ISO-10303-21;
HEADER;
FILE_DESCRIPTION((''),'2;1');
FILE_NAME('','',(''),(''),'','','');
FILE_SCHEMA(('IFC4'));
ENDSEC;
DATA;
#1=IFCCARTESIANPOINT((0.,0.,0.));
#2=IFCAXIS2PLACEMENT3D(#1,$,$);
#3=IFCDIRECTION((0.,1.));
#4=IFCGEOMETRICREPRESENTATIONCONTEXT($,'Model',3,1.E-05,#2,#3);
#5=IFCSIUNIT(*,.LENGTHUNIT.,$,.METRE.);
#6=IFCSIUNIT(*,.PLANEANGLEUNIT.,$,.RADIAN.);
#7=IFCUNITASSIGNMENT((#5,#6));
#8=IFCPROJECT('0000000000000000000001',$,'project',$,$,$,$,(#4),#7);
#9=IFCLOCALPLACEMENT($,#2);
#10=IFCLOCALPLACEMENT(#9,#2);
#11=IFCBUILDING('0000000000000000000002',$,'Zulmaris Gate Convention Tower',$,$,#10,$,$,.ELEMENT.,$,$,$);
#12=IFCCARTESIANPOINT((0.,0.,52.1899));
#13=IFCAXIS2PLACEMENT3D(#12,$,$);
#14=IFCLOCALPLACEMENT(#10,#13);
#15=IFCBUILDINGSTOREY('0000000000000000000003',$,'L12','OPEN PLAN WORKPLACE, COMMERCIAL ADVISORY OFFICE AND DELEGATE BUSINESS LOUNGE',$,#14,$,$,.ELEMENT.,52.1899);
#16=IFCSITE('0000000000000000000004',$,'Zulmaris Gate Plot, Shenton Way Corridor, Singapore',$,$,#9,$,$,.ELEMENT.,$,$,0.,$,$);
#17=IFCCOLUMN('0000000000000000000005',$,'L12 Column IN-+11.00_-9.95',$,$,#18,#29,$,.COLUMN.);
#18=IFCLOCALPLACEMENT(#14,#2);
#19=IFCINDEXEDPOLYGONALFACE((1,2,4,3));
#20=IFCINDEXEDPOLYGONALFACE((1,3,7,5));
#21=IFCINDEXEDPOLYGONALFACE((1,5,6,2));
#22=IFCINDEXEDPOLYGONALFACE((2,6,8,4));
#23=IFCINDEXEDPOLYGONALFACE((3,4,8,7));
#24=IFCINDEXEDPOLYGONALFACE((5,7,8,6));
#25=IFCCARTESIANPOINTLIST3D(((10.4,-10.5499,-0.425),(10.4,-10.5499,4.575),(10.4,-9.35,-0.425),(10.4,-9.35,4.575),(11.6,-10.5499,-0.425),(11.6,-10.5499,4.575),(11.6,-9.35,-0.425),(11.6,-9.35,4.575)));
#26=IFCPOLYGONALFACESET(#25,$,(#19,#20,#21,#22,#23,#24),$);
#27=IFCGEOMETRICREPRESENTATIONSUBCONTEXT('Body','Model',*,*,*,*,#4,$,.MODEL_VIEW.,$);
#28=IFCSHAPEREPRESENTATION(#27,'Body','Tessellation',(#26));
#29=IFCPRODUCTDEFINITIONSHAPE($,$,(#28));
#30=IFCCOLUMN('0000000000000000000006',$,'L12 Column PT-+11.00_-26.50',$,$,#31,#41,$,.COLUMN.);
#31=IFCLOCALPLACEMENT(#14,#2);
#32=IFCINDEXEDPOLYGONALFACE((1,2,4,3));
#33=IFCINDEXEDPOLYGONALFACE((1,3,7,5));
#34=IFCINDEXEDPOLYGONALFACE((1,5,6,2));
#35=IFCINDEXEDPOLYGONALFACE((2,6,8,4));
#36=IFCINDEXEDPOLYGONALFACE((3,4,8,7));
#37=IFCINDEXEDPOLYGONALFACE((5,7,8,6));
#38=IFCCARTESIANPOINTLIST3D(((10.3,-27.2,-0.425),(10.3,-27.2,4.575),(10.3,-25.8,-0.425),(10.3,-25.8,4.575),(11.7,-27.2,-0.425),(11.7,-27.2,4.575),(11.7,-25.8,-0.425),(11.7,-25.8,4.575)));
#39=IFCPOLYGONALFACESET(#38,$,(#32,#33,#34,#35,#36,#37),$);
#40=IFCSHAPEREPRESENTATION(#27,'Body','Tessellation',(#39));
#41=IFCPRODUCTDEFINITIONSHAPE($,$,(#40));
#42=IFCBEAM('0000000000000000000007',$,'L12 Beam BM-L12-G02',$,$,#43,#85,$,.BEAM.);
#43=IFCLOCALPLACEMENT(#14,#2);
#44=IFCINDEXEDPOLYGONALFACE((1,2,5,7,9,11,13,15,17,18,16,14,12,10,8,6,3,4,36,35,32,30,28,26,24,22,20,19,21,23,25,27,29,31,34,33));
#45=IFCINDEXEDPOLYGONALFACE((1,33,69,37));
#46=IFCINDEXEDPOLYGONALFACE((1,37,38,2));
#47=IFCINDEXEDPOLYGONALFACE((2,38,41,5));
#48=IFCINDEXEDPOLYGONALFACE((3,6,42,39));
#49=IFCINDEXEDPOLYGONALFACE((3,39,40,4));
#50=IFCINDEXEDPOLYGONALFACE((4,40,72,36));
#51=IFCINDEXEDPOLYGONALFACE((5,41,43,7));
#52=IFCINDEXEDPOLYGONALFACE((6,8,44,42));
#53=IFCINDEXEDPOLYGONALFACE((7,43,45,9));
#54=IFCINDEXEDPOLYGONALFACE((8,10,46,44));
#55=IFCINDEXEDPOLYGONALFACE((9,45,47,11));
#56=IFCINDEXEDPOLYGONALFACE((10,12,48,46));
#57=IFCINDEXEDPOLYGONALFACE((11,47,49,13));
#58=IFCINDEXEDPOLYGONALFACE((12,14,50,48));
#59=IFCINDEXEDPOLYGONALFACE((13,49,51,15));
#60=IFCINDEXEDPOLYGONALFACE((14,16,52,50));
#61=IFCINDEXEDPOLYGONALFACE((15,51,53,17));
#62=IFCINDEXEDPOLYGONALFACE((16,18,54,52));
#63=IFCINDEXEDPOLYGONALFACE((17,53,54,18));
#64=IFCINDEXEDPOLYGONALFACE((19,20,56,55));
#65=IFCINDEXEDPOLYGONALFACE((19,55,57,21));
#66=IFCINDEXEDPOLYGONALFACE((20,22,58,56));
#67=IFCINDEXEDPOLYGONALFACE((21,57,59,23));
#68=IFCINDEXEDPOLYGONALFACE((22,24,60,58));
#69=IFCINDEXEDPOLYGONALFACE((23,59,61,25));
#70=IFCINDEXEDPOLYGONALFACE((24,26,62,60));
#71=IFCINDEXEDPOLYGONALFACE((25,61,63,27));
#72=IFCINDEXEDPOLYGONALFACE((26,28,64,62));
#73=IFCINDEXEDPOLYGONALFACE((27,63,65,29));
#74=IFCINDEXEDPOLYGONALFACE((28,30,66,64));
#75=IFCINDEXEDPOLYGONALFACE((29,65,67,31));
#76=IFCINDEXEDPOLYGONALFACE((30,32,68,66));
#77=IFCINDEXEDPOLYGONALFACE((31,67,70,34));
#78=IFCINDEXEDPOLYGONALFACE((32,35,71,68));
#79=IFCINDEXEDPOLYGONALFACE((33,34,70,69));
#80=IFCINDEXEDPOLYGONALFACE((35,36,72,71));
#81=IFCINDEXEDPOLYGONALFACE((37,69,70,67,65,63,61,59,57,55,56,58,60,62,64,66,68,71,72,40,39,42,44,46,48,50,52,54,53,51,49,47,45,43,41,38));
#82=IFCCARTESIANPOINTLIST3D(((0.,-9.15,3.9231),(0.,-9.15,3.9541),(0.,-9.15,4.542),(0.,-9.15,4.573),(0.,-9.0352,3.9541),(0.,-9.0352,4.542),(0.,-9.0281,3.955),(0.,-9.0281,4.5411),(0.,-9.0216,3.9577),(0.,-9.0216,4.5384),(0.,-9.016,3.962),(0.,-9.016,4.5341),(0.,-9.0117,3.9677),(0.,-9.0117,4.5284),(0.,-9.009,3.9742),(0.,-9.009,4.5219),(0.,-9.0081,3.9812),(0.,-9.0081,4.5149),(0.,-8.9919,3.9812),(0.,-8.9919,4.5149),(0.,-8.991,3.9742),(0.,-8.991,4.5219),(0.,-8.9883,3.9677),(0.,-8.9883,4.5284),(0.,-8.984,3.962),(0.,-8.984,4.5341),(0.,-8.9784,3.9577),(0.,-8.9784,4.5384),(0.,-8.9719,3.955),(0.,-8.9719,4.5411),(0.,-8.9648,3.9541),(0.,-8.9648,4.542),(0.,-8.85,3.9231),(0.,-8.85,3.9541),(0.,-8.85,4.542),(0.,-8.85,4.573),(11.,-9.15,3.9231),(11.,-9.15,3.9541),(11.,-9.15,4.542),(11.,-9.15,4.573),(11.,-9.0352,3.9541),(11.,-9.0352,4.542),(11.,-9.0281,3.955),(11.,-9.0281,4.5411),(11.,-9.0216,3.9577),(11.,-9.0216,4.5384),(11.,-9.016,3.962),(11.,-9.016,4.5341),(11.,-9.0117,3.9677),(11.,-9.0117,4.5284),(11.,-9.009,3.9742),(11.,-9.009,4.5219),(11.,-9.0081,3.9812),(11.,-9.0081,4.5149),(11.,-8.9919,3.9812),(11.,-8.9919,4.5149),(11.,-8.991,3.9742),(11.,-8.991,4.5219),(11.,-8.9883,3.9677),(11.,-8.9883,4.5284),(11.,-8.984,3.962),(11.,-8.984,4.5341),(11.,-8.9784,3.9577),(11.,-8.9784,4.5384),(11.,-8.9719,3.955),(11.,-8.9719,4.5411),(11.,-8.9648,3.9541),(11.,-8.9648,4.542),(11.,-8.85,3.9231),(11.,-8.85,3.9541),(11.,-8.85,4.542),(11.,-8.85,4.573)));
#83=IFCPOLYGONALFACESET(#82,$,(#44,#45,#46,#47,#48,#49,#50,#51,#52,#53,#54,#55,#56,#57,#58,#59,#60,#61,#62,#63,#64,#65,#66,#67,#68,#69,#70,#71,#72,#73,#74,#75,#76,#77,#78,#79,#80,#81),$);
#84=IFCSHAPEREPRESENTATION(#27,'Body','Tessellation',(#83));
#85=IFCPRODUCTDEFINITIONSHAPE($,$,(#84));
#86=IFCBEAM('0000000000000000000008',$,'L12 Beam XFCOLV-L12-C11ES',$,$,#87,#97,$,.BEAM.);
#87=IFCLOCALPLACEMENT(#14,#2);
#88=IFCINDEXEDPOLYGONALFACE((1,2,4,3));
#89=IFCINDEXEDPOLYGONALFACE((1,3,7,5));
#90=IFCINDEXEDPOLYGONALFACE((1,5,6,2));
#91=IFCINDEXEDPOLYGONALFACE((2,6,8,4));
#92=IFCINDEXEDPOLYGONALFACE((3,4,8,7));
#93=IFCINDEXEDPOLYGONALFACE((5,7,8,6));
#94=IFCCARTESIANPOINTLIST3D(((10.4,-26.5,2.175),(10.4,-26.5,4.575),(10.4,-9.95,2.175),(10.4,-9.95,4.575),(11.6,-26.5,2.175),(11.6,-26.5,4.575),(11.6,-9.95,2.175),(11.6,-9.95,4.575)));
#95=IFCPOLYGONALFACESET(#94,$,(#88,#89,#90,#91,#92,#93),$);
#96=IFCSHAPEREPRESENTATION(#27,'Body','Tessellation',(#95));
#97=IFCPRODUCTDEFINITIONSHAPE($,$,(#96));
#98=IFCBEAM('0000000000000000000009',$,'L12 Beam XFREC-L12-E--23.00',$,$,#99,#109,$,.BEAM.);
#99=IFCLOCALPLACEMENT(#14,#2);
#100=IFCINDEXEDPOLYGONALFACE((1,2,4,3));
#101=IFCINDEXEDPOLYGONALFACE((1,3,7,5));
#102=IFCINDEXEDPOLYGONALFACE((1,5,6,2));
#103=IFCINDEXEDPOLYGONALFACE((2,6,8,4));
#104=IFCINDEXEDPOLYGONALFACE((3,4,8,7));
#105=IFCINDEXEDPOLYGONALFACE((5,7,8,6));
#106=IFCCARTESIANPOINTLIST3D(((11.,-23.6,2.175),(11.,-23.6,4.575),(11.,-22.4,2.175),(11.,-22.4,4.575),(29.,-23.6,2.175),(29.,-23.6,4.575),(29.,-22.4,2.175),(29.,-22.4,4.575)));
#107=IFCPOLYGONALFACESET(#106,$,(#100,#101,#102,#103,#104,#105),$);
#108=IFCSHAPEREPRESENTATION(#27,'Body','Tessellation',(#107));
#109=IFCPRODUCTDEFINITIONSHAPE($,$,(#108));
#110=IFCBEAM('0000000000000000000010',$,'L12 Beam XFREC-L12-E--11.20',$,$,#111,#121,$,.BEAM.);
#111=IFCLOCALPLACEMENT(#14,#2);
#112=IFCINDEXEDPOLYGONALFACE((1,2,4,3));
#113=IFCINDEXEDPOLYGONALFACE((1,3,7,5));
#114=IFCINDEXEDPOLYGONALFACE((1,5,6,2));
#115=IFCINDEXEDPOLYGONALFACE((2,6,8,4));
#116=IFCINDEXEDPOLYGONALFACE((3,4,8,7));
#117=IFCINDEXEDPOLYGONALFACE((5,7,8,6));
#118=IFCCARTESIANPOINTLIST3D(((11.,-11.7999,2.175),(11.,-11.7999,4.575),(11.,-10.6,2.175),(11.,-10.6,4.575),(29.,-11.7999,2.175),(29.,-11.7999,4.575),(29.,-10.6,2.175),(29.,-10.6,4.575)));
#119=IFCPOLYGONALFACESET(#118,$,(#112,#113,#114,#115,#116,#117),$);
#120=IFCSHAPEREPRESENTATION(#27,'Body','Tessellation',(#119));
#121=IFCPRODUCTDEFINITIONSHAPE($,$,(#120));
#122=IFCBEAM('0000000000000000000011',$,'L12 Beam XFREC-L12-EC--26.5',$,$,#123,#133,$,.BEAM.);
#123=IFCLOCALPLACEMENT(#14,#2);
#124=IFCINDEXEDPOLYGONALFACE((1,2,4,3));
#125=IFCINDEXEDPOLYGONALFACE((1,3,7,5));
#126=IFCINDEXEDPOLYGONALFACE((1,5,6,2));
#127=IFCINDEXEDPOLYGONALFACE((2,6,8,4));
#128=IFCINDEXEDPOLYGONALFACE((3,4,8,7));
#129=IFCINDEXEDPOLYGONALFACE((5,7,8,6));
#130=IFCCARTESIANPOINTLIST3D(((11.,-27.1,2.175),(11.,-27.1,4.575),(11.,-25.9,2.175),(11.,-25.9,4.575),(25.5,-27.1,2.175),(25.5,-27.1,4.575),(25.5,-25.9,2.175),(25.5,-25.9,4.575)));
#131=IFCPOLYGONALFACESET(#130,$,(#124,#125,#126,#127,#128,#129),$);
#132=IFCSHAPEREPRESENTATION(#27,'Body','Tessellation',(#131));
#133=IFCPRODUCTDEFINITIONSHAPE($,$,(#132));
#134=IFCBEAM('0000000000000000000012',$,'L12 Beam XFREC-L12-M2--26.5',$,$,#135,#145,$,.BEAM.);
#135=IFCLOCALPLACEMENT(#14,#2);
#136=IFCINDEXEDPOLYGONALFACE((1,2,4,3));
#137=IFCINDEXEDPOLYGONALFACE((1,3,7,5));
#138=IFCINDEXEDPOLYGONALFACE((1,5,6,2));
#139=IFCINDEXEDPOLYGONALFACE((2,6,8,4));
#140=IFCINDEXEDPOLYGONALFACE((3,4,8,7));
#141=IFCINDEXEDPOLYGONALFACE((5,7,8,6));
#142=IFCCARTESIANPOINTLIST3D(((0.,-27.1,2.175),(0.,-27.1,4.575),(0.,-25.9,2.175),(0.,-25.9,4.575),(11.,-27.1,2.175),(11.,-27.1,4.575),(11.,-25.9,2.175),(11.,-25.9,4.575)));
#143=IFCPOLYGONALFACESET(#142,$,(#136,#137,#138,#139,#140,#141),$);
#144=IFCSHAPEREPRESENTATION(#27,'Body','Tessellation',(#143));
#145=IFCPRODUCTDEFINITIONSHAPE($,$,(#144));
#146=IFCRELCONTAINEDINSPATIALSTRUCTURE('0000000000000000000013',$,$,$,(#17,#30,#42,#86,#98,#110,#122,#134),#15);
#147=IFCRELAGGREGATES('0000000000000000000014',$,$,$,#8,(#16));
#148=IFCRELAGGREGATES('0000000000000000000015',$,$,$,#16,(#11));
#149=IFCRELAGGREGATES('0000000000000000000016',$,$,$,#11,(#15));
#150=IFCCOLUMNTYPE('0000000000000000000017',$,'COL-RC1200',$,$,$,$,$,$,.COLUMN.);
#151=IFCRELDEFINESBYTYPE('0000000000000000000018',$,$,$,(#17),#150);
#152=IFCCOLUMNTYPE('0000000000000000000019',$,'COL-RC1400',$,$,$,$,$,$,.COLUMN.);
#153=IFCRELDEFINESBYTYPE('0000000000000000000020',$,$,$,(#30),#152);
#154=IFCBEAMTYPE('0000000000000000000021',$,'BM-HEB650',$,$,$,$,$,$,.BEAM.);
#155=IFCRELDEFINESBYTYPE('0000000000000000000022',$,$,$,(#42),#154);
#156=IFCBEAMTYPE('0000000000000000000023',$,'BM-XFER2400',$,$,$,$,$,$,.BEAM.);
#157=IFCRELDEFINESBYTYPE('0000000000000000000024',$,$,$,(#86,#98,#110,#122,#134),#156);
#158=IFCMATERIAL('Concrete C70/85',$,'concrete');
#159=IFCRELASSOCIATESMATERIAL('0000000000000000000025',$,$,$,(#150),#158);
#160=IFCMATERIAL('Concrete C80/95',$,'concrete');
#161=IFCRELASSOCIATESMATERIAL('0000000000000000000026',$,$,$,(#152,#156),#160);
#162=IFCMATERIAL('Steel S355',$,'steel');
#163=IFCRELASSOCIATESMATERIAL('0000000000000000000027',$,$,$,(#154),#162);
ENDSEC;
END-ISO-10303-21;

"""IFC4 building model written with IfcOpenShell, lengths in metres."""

from ifc_helpers import new_model, si_unit, direction, frame, origin, origin_2d, place, context, subcontext, project, spatial, rectangle, i_section, extrude, material, material_profile, profile_set, type_object, element, save


model = new_model("IFC4")

# Units and contexts
model_context = context("Model", 3, precision=1e-05, world=origin(), true_north=direction((0.0, 1.0)))
body_context = subcontext(model_context, "Body", "Model", "MODEL_VIEW")
ifc_project = project(units=[si_unit("LENGTHUNIT", "METRE"), si_unit("PLANEANGLEUNIT", "RADIAN")], contexts=[model_context])

# Site, building, storey
site_placement = place(None, origin())
site = spatial("IfcSite", under=ifc_project, at=site_placement, Name="Zulmaris Gate Plot, Shenton Way Corridor, Singapore", CompositionType="ELEMENT", RefElevation=0.0)
building_placement = place(site_placement, origin())
building = spatial("IfcBuilding", under=site, at=building_placement, Name="Zulmaris Gate Convention Tower", CompositionType="ELEMENT")
storey_placement = place(building_placement, frame((0.0, 0.0, 52.1899)))
storey = spatial("IfcBuildingStorey", under=building, at=storey_placement, Name="L12", Description="OPEN PLAN WORKPLACE, COMMERCIAL ADVISORY OFFICE AND DELEGATE BUSINESS LOUNGE", CompositionType="ELEMENT", Elevation=52.1899)

# Columns
ifc_material_1 = material(Name="Concrete C70/85", Category="concrete")
ifc_material_profile_1 = material_profile(ifc_material_1, rectangle(XDim=1.2, YDim=1.2, at=origin_2d()), Name="RC COL 1200x1200")
ifc_profile_set_1 = profile_set([ifc_material_profile_1], Name="Concrete C70/85")
column_type_1 = type_object("IfcColumnType", Name="COL-RC1200", PredefinedType="COLUMN", material=ifc_profile_set_1)
column_1_placement = place(storey_placement, frame((11.0, -9.95, -0.425), z_axis=(0.0, 0.0, 1.0), x_axis=(1.0, 0.0, 0.0)))
element("IfcColumn", 1, at=column_1_placement, inside=storey, type_object=column_type_1, Name="L12 Column IN-+11.00_-9.95", PredefinedType="COLUMN", context=body_context, shape_type="SweptSolid", body=[
    extrude(rectangle(XDim=1.2, YDim=1.2, at=origin_2d()), origin(), (0.0, 0.0, 1.0), 5.0),
])
ifc_material_2 = material(Name="Concrete C80/95", Category="concrete")
ifc_material_profile_2 = material_profile(ifc_material_2, rectangle(XDim=1.3999, YDim=1.3999, at=origin_2d()), Name="RC COL 1400x1400")
ifc_profile_set_2 = profile_set([ifc_material_profile_2], Name="Concrete C80/95")
column_type_2 = type_object("IfcColumnType", Name="COL-RC1400", PredefinedType="COLUMN", material=ifc_profile_set_2)
column_2_placement = place(storey_placement, frame((11.0, -26.5, -0.425), z_axis=(0.0, 0.0, 1.0), x_axis=(1.0, 0.0, 0.0)))
element("IfcColumn", 2, at=column_2_placement, inside=storey, type_object=column_type_2, Name="L12 Column PT-+11.00_-26.50", PredefinedType="COLUMN", context=body_context, shape_type="SweptSolid", body=[
    extrude(rectangle(XDim=1.3999, YDim=1.3999, at=origin_2d()), origin(), (0.0, 0.0, 1.0), 5.0),
])

# Beams
ifc_material_3 = material(Name="Steel S355", Category="steel")
ifc_material_profile_3 = material_profile(ifc_material_3, i_section(OverallWidth=0.3, OverallDepth=0.6499, WebThickness=0.0161, FlangeThickness=0.031, FilletRadius=0.0271, at=origin_2d()), Name="HEB 650")
ifc_profile_set_3 = profile_set([ifc_material_profile_3], Name="Steel S355")
beam_type_1 = type_object("IfcBeamType", Name="BM-HEB650", PredefinedType="BEAM", material=ifc_profile_set_3)
beam_1_placement = place(storey_placement, frame((0.0, -9.0, 4.248), z_axis=(1.0, 0.0, 0.0), x_axis=(0.0, 1.0, 0.0)))
element("IfcBeam", 3, at=beam_1_placement, inside=storey, type_object=beam_type_1, Name="L12 Beam BM-L12-G02", PredefinedType="BEAM", context=body_context, shape_type="SweptSolid", body=[
    extrude(i_section(OverallWidth=0.3, OverallDepth=0.6499, WebThickness=0.0161, FlangeThickness=0.031, FilletRadius=0.0271, at=origin_2d()), origin(), (0.0, 0.0, 1.0), 11.0),
])
ifc_material_profile_4 = material_profile(ifc_material_2, rectangle(XDim=1.2, YDim=2.3999, at=origin_2d()), Name="RC TRANSFER 1200x2400")
ifc_profile_set_4 = profile_set([ifc_material_profile_4], Name="Concrete C80/95")
beam_type_2 = type_object("IfcBeamType", Name="BM-XFER2400", PredefinedType="BEAM", material=ifc_profile_set_4)
beam_2_placement = place(storey_placement, frame((11.0, -26.5, 3.375), z_axis=(0.0, 1.0, 0.0), x_axis=(-1.0, 0.0, 0.0)))
element("IfcBeam", 4, at=beam_2_placement, inside=storey, type_object=beam_type_2, Name="L12 Beam XFCOLV-L12-C11ES", PredefinedType="BEAM", context=body_context, shape_type="SweptSolid", body=[
    extrude(rectangle(XDim=1.2, YDim=2.3999, at=origin_2d()), origin(), (0.0, 0.0, 1.0), 16.55),
])
for number, where, z_axis, x_axis, name in (
    (5, (11.0, -23.0, 3.375), (1.0, 0.0, 0.0), (0.0, 1.0, 0.0), "L12 Beam XFREC-L12-E--23.00"),
    (6, (11.0, -11.2, 3.375), (1.0, 0.0, 0.0), (0.0, 1.0, 0.0), "L12 Beam XFREC-L12-E--11.20"),
):
    element("IfcBeam", number, at=place(storey_placement, frame(where, z_axis=z_axis, x_axis=x_axis)), inside=storey, type_object=beam_type_2, Name=name, PredefinedType="BEAM", context=body_context, shape_type="SweptSolid", body=[
        extrude(rectangle(XDim=1.2, YDim=2.3999, at=origin_2d()), origin(), (0.0, 0.0, 1.0), 18.0),
    ])
beam_3_placement = place(storey_placement, frame((11.0, -26.5, 3.375), z_axis=(1.0, 0.0, 0.0), x_axis=(0.0, 1.0, 0.0)))
element("IfcBeam", 7, at=beam_3_placement, inside=storey, type_object=beam_type_2, Name="L12 Beam XFREC-L12-EC--26.5", PredefinedType="BEAM", context=body_context, shape_type="SweptSolid", body=[
    extrude(rectangle(XDim=1.2, YDim=2.3999, at=origin_2d()), origin(), (0.0, 0.0, 1.0), 14.5),
])
beam_4_placement = place(storey_placement, frame((0.0, -26.5, 3.375), z_axis=(1.0, 0.0, 0.0), x_axis=(0.0, 1.0, 0.0)))
element("IfcBeam", 8, at=beam_4_placement, inside=storey, type_object=beam_type_2, Name="L12 Beam XFREC-L12-M2--26.5", PredefinedType="BEAM", context=body_context, shape_type="SweptSolid", body=[
    extrude(rectangle(XDim=1.2, YDim=2.3999, at=origin_2d()), origin(), (0.0, 0.0, 1.0), 11.0),
])

save(model, "model.ifc")
